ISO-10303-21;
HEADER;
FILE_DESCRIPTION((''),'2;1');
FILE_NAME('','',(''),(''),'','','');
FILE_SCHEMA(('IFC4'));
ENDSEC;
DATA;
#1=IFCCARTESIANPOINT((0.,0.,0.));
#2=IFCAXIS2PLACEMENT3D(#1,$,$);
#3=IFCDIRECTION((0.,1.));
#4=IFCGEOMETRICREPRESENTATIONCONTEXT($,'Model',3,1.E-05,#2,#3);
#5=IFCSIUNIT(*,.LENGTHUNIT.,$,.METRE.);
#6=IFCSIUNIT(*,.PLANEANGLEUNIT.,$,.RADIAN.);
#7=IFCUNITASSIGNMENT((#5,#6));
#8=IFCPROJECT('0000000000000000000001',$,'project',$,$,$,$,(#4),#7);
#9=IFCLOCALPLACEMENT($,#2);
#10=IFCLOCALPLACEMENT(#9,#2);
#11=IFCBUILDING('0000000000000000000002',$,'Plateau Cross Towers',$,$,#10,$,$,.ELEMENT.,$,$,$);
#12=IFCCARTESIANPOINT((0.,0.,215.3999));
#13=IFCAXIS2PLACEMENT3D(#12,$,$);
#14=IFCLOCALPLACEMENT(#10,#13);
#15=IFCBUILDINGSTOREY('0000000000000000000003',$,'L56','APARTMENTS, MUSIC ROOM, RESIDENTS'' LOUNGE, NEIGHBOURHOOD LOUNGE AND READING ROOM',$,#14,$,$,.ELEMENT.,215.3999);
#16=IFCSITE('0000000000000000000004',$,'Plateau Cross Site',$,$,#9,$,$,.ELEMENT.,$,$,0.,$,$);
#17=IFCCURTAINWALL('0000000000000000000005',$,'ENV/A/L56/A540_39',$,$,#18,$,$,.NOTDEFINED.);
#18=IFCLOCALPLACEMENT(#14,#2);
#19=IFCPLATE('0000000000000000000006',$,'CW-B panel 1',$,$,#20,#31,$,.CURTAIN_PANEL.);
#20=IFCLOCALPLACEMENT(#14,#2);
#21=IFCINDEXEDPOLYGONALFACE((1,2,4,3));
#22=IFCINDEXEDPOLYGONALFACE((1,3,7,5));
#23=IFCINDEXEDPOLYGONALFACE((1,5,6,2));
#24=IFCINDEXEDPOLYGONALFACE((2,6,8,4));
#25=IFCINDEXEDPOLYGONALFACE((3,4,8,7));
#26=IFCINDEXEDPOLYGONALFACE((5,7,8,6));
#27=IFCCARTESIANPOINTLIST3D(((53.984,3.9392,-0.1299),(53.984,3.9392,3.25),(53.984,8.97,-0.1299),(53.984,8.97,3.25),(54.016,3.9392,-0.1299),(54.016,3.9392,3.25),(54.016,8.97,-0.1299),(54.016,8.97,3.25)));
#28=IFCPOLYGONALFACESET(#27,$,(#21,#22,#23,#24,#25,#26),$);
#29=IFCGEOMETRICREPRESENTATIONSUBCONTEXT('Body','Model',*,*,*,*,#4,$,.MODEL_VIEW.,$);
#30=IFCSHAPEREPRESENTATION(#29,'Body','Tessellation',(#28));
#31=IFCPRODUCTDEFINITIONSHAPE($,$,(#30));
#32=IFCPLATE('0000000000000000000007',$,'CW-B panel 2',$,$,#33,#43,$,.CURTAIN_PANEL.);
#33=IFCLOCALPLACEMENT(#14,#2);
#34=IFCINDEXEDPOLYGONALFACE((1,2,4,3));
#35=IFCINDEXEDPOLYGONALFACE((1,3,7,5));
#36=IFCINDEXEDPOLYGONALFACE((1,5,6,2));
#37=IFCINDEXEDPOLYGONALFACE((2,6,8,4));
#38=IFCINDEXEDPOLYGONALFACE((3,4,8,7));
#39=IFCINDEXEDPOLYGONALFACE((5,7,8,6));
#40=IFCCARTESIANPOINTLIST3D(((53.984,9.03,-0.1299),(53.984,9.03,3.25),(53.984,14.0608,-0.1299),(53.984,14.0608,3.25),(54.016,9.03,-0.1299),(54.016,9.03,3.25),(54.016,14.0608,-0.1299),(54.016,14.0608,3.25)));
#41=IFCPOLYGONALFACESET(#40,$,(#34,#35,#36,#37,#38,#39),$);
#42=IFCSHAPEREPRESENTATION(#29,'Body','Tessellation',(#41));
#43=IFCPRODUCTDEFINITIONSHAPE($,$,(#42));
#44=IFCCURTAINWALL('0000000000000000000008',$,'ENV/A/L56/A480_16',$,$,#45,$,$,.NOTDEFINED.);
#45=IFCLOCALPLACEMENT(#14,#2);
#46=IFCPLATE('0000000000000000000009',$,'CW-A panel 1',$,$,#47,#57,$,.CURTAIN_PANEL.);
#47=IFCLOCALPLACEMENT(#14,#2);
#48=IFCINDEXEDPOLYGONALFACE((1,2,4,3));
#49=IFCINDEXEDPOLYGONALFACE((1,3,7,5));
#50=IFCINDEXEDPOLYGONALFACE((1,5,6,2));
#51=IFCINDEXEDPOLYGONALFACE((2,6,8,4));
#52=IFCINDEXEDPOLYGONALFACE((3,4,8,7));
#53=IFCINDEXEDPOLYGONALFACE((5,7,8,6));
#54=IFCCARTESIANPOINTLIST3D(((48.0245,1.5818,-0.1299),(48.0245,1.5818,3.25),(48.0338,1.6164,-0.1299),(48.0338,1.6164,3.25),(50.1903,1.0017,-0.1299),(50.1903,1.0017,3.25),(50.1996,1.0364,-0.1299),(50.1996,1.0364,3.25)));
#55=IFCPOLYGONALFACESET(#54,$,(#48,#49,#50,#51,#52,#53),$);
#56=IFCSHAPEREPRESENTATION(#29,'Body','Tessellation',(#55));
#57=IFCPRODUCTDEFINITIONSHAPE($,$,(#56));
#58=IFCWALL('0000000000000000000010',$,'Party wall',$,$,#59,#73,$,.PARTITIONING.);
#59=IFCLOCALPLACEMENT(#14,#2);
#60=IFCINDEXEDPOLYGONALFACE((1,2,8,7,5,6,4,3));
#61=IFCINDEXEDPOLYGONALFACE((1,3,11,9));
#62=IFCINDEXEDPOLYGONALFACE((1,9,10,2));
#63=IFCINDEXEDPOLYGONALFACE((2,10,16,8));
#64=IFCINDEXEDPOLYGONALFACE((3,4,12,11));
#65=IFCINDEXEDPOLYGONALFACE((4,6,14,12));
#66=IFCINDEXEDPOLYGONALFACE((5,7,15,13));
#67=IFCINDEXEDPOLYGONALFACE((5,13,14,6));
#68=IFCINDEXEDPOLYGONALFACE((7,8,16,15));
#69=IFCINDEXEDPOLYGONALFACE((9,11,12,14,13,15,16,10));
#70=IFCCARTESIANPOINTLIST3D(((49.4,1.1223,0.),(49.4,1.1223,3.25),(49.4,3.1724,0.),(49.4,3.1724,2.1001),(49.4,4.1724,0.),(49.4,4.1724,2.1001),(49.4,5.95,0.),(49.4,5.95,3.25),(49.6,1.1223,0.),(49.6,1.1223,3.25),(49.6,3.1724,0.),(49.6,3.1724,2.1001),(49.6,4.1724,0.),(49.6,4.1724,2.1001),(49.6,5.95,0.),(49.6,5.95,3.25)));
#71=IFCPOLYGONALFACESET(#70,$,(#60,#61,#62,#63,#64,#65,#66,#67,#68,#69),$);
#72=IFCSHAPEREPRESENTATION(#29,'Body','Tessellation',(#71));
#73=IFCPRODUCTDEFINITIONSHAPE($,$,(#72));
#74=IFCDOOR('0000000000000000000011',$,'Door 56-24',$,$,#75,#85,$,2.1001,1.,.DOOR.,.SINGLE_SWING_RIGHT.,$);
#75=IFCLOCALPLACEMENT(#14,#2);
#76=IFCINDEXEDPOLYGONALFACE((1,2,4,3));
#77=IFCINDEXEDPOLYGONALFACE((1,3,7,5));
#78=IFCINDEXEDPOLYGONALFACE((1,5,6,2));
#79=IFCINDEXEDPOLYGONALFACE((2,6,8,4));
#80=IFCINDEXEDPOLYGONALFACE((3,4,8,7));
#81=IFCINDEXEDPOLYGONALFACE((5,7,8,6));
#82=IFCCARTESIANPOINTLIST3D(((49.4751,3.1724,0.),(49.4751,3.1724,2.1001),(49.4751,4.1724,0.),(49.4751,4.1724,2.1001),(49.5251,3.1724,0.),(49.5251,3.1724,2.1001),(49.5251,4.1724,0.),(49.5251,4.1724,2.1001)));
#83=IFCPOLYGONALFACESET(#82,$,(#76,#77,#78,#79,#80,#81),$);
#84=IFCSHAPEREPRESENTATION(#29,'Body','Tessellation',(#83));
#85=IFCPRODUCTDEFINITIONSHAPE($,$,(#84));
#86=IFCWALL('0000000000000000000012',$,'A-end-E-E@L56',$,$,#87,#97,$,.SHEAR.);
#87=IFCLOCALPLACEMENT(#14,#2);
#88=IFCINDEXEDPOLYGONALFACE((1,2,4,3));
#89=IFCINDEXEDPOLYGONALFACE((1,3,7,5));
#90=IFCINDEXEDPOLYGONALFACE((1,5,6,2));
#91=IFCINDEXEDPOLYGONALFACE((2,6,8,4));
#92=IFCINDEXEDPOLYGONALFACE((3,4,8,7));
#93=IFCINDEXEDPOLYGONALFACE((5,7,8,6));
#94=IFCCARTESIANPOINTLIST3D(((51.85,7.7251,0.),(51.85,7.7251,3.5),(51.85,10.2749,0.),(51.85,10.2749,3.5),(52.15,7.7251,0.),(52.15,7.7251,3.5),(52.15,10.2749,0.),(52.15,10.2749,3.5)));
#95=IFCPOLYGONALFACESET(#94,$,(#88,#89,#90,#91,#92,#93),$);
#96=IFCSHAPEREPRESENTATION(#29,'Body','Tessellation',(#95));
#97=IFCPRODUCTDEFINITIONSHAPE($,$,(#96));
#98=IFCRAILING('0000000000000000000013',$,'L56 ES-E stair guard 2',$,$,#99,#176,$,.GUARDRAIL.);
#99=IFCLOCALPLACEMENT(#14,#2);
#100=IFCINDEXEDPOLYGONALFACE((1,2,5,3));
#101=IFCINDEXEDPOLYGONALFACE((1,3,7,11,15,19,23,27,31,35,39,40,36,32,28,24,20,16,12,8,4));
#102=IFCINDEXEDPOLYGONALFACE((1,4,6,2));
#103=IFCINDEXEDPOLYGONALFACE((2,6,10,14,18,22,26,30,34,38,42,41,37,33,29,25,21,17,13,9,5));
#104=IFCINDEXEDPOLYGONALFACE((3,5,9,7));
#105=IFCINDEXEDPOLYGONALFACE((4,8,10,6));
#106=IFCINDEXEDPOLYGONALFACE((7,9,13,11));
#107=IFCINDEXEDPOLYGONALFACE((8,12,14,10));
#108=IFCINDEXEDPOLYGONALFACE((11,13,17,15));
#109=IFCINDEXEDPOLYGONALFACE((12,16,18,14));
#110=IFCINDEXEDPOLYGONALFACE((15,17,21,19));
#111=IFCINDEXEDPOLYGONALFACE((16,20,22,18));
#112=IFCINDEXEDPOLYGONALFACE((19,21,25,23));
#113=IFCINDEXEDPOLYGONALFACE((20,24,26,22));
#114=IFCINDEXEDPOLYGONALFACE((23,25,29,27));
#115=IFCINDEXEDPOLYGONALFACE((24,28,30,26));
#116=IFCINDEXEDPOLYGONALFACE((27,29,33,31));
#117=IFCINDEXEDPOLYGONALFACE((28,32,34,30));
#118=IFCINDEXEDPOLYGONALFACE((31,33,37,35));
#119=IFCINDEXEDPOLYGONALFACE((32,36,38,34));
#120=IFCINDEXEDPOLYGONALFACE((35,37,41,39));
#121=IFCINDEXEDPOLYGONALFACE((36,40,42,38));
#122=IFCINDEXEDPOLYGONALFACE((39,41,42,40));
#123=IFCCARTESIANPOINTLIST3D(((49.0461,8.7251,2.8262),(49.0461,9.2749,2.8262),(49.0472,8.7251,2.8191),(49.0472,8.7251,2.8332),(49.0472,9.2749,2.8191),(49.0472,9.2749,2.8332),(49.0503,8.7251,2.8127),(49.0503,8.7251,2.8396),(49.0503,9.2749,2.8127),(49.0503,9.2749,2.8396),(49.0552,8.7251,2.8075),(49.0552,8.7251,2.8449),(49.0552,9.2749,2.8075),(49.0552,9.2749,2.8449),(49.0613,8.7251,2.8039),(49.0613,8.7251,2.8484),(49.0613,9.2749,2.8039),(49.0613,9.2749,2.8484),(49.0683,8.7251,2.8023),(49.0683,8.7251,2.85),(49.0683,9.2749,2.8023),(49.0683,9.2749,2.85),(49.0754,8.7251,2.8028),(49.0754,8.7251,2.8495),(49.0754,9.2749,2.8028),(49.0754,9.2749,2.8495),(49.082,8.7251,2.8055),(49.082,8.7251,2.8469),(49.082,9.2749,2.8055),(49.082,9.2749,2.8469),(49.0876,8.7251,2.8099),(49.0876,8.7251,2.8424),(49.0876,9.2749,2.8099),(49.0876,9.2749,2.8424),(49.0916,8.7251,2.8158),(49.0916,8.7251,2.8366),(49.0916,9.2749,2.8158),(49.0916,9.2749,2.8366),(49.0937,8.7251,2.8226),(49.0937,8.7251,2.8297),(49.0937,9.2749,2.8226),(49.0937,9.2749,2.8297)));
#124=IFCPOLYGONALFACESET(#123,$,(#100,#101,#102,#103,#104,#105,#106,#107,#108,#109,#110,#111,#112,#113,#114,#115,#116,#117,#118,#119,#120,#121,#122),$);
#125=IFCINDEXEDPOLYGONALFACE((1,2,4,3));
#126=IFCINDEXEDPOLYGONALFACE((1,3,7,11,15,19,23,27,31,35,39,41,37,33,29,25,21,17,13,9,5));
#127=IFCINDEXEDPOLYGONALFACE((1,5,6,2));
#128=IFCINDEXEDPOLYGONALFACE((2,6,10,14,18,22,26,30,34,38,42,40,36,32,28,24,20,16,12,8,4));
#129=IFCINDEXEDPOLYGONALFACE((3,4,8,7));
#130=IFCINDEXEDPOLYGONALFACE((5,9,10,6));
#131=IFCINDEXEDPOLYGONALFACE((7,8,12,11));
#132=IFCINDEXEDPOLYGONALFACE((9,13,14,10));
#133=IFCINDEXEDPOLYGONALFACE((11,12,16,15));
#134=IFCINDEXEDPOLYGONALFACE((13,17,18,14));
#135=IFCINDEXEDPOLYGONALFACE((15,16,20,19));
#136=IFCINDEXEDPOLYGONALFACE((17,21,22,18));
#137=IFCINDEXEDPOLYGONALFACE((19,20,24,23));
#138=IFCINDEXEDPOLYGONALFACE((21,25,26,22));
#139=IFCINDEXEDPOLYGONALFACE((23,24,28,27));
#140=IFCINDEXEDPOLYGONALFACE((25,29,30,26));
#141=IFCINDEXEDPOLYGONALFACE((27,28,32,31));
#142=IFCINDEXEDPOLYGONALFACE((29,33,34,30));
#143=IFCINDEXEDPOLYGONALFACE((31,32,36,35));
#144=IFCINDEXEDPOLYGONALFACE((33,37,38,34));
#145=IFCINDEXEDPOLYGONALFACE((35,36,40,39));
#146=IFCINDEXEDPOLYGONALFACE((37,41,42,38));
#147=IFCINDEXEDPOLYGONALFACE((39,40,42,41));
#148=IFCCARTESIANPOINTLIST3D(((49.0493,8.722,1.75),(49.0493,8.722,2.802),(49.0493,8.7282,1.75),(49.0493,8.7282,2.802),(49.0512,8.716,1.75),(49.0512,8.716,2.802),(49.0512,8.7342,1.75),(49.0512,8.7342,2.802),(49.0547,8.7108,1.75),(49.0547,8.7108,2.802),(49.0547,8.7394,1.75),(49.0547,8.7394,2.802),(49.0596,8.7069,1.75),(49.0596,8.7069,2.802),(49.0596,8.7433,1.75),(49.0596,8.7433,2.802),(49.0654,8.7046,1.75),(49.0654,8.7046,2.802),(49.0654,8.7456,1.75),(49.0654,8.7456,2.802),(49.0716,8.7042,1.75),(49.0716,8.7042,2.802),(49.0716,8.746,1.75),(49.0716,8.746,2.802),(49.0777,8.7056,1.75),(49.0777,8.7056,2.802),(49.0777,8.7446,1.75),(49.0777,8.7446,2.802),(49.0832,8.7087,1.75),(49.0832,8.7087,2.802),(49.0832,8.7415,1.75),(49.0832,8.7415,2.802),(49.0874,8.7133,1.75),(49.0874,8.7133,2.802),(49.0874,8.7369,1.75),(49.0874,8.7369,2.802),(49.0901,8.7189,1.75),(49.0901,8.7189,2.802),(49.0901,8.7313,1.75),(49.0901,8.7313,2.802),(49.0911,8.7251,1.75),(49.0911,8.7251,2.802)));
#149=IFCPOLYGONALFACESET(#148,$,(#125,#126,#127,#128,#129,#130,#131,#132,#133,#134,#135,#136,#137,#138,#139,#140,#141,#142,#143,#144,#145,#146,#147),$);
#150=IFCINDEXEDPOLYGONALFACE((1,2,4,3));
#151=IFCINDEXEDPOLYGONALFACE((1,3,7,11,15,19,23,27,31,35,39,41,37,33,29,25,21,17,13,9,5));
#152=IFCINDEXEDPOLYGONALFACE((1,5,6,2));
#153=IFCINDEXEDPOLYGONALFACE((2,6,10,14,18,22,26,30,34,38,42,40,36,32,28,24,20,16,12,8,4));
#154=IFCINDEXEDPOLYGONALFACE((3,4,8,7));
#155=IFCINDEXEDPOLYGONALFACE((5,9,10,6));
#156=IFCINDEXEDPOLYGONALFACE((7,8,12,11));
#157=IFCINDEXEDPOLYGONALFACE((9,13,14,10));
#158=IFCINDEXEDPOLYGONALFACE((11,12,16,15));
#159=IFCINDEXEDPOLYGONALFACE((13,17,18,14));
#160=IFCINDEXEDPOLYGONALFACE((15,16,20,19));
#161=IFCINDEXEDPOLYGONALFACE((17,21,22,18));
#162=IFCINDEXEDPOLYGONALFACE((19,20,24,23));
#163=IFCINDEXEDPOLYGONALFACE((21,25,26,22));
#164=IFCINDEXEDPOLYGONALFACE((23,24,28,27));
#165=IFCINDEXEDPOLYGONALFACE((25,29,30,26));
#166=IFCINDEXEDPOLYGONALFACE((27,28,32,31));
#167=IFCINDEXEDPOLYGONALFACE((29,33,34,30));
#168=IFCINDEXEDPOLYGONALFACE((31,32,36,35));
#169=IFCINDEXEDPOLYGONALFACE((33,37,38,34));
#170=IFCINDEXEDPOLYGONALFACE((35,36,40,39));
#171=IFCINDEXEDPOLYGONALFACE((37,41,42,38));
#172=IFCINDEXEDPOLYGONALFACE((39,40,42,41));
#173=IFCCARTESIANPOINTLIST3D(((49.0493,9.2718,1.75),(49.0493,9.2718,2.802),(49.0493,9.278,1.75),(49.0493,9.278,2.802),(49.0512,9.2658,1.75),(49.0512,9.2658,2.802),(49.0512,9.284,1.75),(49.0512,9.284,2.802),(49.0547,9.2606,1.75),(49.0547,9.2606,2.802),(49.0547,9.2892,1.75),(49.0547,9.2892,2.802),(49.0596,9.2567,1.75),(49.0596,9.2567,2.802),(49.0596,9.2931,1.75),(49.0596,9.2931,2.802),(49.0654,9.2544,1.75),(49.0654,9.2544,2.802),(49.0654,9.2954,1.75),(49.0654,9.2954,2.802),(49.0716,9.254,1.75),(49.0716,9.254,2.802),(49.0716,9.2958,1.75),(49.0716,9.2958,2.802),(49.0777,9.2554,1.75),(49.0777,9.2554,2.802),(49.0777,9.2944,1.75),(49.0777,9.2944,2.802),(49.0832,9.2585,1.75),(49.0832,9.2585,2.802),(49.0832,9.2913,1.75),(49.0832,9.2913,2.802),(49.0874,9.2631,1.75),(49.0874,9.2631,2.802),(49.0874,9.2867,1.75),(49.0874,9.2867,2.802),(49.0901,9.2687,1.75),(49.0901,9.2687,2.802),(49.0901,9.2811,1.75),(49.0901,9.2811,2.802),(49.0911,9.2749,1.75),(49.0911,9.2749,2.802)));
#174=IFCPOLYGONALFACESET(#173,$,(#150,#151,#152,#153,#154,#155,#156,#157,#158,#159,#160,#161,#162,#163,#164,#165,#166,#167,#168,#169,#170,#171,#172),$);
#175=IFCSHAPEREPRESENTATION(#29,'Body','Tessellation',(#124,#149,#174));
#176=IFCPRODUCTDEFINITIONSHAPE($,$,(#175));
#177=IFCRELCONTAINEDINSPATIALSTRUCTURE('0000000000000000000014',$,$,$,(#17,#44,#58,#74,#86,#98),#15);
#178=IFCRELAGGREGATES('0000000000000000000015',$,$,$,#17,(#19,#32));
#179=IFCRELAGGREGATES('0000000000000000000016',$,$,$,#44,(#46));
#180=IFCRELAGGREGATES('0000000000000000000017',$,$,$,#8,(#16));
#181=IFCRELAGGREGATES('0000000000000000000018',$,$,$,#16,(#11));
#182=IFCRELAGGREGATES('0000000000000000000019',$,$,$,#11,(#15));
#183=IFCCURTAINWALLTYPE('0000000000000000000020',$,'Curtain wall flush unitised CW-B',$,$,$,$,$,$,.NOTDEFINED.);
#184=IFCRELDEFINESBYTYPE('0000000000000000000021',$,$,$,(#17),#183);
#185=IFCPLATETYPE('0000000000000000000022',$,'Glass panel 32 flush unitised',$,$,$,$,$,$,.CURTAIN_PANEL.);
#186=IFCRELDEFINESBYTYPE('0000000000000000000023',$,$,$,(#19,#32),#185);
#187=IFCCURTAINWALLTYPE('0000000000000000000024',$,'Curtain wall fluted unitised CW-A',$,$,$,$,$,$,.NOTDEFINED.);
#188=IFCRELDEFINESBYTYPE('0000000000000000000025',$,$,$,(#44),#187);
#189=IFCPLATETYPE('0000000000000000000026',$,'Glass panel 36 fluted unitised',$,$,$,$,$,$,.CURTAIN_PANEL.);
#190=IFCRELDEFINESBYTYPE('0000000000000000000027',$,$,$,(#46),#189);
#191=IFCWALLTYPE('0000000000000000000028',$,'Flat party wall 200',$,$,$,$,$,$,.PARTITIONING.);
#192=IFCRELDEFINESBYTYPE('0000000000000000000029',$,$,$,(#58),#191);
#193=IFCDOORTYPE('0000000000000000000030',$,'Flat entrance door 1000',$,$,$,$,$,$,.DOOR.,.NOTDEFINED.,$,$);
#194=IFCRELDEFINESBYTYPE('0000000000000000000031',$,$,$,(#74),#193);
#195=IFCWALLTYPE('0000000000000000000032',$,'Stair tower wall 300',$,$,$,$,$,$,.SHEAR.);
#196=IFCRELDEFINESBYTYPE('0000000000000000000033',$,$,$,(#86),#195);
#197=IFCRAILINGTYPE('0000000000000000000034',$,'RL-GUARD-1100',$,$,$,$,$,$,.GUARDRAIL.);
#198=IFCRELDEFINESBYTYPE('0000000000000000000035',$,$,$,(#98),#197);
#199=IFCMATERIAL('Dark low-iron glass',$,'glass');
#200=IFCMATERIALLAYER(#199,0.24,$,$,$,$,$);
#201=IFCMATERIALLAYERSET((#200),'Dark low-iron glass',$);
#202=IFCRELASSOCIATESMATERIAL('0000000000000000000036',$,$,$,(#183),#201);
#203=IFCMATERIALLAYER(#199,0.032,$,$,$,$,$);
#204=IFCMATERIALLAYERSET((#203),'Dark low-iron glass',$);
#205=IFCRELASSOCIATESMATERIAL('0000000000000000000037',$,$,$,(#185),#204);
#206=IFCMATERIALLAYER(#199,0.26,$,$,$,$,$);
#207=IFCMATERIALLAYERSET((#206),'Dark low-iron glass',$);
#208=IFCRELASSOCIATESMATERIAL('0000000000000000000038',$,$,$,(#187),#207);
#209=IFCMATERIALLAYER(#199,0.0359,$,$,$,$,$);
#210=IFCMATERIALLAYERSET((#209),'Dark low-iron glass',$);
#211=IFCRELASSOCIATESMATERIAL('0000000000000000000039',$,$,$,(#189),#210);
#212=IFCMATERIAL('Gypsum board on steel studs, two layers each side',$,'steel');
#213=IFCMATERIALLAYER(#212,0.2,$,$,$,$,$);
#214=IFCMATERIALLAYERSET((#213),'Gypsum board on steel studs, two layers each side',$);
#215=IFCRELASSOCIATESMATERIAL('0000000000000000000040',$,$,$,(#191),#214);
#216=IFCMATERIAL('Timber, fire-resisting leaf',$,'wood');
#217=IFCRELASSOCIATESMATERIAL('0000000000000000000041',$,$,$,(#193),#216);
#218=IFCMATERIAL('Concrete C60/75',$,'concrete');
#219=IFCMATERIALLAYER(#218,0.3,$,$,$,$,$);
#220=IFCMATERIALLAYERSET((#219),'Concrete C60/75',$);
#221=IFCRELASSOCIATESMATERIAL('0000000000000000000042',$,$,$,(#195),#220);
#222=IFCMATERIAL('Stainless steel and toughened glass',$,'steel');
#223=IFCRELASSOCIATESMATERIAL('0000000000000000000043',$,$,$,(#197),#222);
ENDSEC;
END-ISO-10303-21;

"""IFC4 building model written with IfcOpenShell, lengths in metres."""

from ifc_helpers import new_model, si_unit, direction, frame, frame_2d, origin, origin_2d, place, context, subcontext, project, spatial, rectangle, circle, extrude, material, layer, layer_set, type_object, element, fill, aggregate, save


model = new_model("IFC4")

# Units and contexts
model_context = context("Model", 3, precision=1e-05, world=origin(), true_north=direction((0.0, 1.0)))
body_context = subcontext(model_context, "Body", "Model", "MODEL_VIEW")
ifc_project = project(units=[si_unit("LENGTHUNIT", "METRE"), si_unit("PLANEANGLEUNIT", "RADIAN")], contexts=[model_context])

# Site, building, storey
site_placement = place(None, origin())
site = spatial("IfcSite", under=ifc_project, at=site_placement, Name="Plateau Cross Site", CompositionType="ELEMENT", RefElevation=0.0)
building_placement = place(site_placement, origin())
building = spatial("IfcBuilding", under=site, at=building_placement, Name="Plateau Cross Towers", CompositionType="ELEMENT")
storey_placement = place(building_placement, frame((0.0, 0.0, 215.3999)))
storey = spatial("IfcBuildingStorey", under=building, at=storey_placement, Name="L56", Description="APARTMENTS, MUSIC ROOM, RESIDENTS' LOUNGE, NEIGHBOURHOOD LOUNGE AND READING ROOM", CompositionType="ELEMENT", Elevation=215.3999)

# Shared definitions
ifc_material_1 = material(Name="Concrete C60/75", Category="concrete")

# Shared definitions
ifc_material_2 = material(Name="Dark low-iron glass", Category="glass")
ifc_layer_1 = layer(ifc_material_2, 0.24)
ifc_layer_set_1 = layer_set([ifc_layer_1], Name="Dark low-iron glass")
curtain_wall_type_1 = type_object("IfcCurtainWallType", Name="Curtain wall flush unitised CW-B", PredefinedType="NOTDEFINED", material=ifc_layer_set_1)

# Curtain wall
curtain_wall_1_placement = place(storey_placement, origin())
curtain_wall_1 = element("IfcCurtainWall", 1, at=curtain_wall_1_placement, inside=storey, type_object=curtain_wall_type_1, Name="ENV/A/L56/A540_39", PredefinedType="NOTDEFINED")

# Plates
ifc_layer_2 = layer(ifc_material_2, 0.032)
ifc_layer_set_2 = layer_set([ifc_layer_2], Name="Dark low-iron glass")
plate_type_1 = type_object("IfcPlateType", Name="Glass panel 32 flush unitised", PredefinedType="CURTAIN_PANEL", material=ifc_layer_set_2)
plate_1_placement = place(storey_placement, frame((54.0, 6.4546, -0.1299), z_axis=(0.0, 0.0, 1.0), x_axis=(0.0, 1.0, 0.0)))
plate_1 = element("IfcPlate", 2, at=plate_1_placement, type_object=plate_type_1, Name="CW-B panel 1", PredefinedType="CURTAIN_PANEL", context=body_context, shape_type="SweptSolid", body=[
    extrude(rectangle(XDim=5.0308, YDim=0.032, at=origin_2d()), origin(), (0.0, 0.0, 1.0), 3.3799),
])
plate_2_placement = place(storey_placement, frame((54.0, 11.5454, -0.1299), z_axis=(0.0, 0.0, 1.0), x_axis=(0.0, 1.0, 0.0)))
plate_2 = element("IfcPlate", 3, at=plate_2_placement, type_object=plate_type_1, Name="CW-B panel 2", PredefinedType="CURTAIN_PANEL", context=body_context, shape_type="SweptSolid", body=[
    extrude(rectangle(XDim=5.0308, YDim=0.032, at=origin_2d()), origin(), (0.0, 0.0, 1.0), 3.3799),
])
aggregate(curtain_wall_1, [plate_1, plate_2])

# Curtain wall, plate
ifc_layer_3 = layer(ifc_material_2, 0.26)
ifc_layer_set_3 = layer_set([ifc_layer_3], Name="Dark low-iron glass")
curtain_wall_type_2 = type_object("IfcCurtainWallType", Name="Curtain wall fluted unitised CW-A", PredefinedType="NOTDEFINED", material=ifc_layer_set_3)
curtain_wall_2_placement = place(storey_placement, origin())
curtain_wall_2 = element("IfcCurtainWall", 4, at=curtain_wall_2_placement, inside=storey, type_object=curtain_wall_type_2, Name="ENV/A/L56/A480_16", PredefinedType="NOTDEFINED")
ifc_layer_4 = layer(ifc_material_2, 0.0359)
ifc_layer_set_4 = layer_set([ifc_layer_4], Name="Dark low-iron glass")
plate_type_2 = type_object("IfcPlateType", Name="Glass panel 36 fluted unitised", PredefinedType="CURTAIN_PANEL", material=ifc_layer_set_4)
plate_3_placement = place(storey_placement, frame((49.1121, 1.3091, -0.1299), z_axis=(0.0, 0.0, 1.0), x_axis=(0.965958, -0.258699, 0.0)))
plate_3 = element("IfcPlate", 5, at=plate_3_placement, type_object=plate_type_2, Name="CW-A panel 1", PredefinedType="CURTAIN_PANEL", context=body_context, shape_type="SweptSolid", body=[
    extrude(rectangle(XDim=2.2422, YDim=0.0359, at=origin_2d()), origin(), (0.0, 0.0, 1.0), 3.3799),
])
aggregate(curtain_wall_2, [plate_3])

# Wall, opening, door
ifc_material_3 = material(Name="Gypsum board on steel studs, two layers each side", Category="steel")
ifc_layer_5 = layer(ifc_material_3, 0.2)
ifc_layer_set_5 = layer_set([ifc_layer_5], Name="Gypsum board on steel studs, two layers each side")
wall_type_1 = type_object("IfcWallType", Name="Flat party wall 200", PredefinedType="PARTITIONING", material=ifc_layer_set_5)
wall_1_placement = place(storey_placement, frame((49.5, 1.1223, 0.0), z_axis=(0.0, 0.0, 1.0), x_axis=(0.0, 1.0, 0.0)))
wall_1 = element("IfcWall", 6, at=wall_1_placement, inside=storey, type_object=wall_type_1, Name="Party wall", PredefinedType="PARTITIONING", context=body_context, shape_type="SweptSolid", body=[
    extrude(rectangle(XDim=4.8276, YDim=0.2, at=frame_2d((2.4138, 0.0))), origin(), (0.0, 0.0, 1.0), 3.25),
])
opening_placement = place(wall_1_placement, frame((2.05, 0.0, 0.0)))
opening = element("IfcOpeningElement", 7, at=opening_placement, cuts=wall_1, PredefinedType="OPENING", context=body_context, shape_type="SweptSolid", body=[
    extrude(rectangle(XDim=1.0, YDim=2.1001, at=frame_2d((0.5, 1.05))), frame((0.0, 0.1099, 0.0), z_axis=(0.0, -1.0, 0.0), x_axis=(1.0, 0.0, 0.0)), (0.0, 0.0, 1.0), 0.22),
])
ifc_material_4 = material(Name="Timber, fire-resisting leaf", Category="wood")
door_type = type_object("IfcDoorType", Name="Flat entrance door 1000", OperationType="NOTDEFINED", PredefinedType="DOOR", material=ifc_material_4)
door_placement = place(opening_placement, origin())
door = element("IfcDoor", 8, at=door_placement, inside=storey, type_object=door_type, Name="Door 56-24", OperationType="SINGLE_SWING_RIGHT", OverallHeight=2.1001, OverallWidth=1.0, PredefinedType="DOOR", context=body_context, shape_type="SweptSolid", body=[
    extrude(rectangle(XDim=1.0, YDim=2.1001, at=frame_2d((0.5, 1.05))), frame((0.0, 0.0249, 0.0), z_axis=(0.0, -1.0, 0.0), x_axis=(1.0, 0.0, 0.0)), (0.0, 0.0, 1.0), 0.05),
])
fill(opening, door)

# Wall
ifc_layer_6 = layer(ifc_material_1, 0.3)
ifc_layer_set_6 = layer_set([ifc_layer_6], Name="Concrete C60/75")
wall_type_2 = type_object("IfcWallType", Name="Stair tower wall 300", PredefinedType="SHEAR", material=ifc_layer_set_6)
wall_2_placement = place(storey_placement, frame((52.0, 7.7251, 0.0), z_axis=(0.0, 0.0, 1.0), x_axis=(0.0, 1.0, 0.0)))
element("IfcWall", 9, at=wall_2_placement, inside=storey, type_object=wall_type_2, Name="A-end-E-E@L56", PredefinedType="SHEAR", context=body_context, shape_type="SweptSolid", body=[
    extrude(rectangle(XDim=2.5498, YDim=0.3, at=frame_2d((1.2749, 0.0))), origin(), (0.0, 0.0, 1.0), 3.5),
])

# Railing
ifc_material_5 = material(Name="Stainless steel and toughened glass", Category="steel")
railing_type_1 = type_object("IfcRailingType", Name="RL-GUARD-1100", PredefinedType="GUARDRAIL", material=ifc_material_5)
railing_1_placement = place(storey_placement, frame((49.0701, 8.7251, 1.75)))
element("IfcRailing", 10, at=railing_1_placement, inside=storey, type_object=railing_type_1, Name="L56 ES-E stair guard 2", PredefinedType="GUARDRAIL", context=body_context, shape_type="SweptSolid", body=[
    extrude(circle(Radius=0.0239, at=origin_2d()), frame((0.0, 0.0, 1.0762), z_axis=(0.0, 1.0, 0.0), x_axis=(-1.0, 0.0, 0.0)), (0.0, 0.0, 1.0), 0.5498),
    extrude(circle(Radius=0.021, at=origin_2d()), origin(), (0.0, 0.0, 1.0), 1.052),
    extrude(circle(Radius=0.021, at=origin_2d()), frame((0.0, 0.5498, 0.0)), (0.0, 0.0, 1.0), 1.052),
])

save(model, "model.ifc")
